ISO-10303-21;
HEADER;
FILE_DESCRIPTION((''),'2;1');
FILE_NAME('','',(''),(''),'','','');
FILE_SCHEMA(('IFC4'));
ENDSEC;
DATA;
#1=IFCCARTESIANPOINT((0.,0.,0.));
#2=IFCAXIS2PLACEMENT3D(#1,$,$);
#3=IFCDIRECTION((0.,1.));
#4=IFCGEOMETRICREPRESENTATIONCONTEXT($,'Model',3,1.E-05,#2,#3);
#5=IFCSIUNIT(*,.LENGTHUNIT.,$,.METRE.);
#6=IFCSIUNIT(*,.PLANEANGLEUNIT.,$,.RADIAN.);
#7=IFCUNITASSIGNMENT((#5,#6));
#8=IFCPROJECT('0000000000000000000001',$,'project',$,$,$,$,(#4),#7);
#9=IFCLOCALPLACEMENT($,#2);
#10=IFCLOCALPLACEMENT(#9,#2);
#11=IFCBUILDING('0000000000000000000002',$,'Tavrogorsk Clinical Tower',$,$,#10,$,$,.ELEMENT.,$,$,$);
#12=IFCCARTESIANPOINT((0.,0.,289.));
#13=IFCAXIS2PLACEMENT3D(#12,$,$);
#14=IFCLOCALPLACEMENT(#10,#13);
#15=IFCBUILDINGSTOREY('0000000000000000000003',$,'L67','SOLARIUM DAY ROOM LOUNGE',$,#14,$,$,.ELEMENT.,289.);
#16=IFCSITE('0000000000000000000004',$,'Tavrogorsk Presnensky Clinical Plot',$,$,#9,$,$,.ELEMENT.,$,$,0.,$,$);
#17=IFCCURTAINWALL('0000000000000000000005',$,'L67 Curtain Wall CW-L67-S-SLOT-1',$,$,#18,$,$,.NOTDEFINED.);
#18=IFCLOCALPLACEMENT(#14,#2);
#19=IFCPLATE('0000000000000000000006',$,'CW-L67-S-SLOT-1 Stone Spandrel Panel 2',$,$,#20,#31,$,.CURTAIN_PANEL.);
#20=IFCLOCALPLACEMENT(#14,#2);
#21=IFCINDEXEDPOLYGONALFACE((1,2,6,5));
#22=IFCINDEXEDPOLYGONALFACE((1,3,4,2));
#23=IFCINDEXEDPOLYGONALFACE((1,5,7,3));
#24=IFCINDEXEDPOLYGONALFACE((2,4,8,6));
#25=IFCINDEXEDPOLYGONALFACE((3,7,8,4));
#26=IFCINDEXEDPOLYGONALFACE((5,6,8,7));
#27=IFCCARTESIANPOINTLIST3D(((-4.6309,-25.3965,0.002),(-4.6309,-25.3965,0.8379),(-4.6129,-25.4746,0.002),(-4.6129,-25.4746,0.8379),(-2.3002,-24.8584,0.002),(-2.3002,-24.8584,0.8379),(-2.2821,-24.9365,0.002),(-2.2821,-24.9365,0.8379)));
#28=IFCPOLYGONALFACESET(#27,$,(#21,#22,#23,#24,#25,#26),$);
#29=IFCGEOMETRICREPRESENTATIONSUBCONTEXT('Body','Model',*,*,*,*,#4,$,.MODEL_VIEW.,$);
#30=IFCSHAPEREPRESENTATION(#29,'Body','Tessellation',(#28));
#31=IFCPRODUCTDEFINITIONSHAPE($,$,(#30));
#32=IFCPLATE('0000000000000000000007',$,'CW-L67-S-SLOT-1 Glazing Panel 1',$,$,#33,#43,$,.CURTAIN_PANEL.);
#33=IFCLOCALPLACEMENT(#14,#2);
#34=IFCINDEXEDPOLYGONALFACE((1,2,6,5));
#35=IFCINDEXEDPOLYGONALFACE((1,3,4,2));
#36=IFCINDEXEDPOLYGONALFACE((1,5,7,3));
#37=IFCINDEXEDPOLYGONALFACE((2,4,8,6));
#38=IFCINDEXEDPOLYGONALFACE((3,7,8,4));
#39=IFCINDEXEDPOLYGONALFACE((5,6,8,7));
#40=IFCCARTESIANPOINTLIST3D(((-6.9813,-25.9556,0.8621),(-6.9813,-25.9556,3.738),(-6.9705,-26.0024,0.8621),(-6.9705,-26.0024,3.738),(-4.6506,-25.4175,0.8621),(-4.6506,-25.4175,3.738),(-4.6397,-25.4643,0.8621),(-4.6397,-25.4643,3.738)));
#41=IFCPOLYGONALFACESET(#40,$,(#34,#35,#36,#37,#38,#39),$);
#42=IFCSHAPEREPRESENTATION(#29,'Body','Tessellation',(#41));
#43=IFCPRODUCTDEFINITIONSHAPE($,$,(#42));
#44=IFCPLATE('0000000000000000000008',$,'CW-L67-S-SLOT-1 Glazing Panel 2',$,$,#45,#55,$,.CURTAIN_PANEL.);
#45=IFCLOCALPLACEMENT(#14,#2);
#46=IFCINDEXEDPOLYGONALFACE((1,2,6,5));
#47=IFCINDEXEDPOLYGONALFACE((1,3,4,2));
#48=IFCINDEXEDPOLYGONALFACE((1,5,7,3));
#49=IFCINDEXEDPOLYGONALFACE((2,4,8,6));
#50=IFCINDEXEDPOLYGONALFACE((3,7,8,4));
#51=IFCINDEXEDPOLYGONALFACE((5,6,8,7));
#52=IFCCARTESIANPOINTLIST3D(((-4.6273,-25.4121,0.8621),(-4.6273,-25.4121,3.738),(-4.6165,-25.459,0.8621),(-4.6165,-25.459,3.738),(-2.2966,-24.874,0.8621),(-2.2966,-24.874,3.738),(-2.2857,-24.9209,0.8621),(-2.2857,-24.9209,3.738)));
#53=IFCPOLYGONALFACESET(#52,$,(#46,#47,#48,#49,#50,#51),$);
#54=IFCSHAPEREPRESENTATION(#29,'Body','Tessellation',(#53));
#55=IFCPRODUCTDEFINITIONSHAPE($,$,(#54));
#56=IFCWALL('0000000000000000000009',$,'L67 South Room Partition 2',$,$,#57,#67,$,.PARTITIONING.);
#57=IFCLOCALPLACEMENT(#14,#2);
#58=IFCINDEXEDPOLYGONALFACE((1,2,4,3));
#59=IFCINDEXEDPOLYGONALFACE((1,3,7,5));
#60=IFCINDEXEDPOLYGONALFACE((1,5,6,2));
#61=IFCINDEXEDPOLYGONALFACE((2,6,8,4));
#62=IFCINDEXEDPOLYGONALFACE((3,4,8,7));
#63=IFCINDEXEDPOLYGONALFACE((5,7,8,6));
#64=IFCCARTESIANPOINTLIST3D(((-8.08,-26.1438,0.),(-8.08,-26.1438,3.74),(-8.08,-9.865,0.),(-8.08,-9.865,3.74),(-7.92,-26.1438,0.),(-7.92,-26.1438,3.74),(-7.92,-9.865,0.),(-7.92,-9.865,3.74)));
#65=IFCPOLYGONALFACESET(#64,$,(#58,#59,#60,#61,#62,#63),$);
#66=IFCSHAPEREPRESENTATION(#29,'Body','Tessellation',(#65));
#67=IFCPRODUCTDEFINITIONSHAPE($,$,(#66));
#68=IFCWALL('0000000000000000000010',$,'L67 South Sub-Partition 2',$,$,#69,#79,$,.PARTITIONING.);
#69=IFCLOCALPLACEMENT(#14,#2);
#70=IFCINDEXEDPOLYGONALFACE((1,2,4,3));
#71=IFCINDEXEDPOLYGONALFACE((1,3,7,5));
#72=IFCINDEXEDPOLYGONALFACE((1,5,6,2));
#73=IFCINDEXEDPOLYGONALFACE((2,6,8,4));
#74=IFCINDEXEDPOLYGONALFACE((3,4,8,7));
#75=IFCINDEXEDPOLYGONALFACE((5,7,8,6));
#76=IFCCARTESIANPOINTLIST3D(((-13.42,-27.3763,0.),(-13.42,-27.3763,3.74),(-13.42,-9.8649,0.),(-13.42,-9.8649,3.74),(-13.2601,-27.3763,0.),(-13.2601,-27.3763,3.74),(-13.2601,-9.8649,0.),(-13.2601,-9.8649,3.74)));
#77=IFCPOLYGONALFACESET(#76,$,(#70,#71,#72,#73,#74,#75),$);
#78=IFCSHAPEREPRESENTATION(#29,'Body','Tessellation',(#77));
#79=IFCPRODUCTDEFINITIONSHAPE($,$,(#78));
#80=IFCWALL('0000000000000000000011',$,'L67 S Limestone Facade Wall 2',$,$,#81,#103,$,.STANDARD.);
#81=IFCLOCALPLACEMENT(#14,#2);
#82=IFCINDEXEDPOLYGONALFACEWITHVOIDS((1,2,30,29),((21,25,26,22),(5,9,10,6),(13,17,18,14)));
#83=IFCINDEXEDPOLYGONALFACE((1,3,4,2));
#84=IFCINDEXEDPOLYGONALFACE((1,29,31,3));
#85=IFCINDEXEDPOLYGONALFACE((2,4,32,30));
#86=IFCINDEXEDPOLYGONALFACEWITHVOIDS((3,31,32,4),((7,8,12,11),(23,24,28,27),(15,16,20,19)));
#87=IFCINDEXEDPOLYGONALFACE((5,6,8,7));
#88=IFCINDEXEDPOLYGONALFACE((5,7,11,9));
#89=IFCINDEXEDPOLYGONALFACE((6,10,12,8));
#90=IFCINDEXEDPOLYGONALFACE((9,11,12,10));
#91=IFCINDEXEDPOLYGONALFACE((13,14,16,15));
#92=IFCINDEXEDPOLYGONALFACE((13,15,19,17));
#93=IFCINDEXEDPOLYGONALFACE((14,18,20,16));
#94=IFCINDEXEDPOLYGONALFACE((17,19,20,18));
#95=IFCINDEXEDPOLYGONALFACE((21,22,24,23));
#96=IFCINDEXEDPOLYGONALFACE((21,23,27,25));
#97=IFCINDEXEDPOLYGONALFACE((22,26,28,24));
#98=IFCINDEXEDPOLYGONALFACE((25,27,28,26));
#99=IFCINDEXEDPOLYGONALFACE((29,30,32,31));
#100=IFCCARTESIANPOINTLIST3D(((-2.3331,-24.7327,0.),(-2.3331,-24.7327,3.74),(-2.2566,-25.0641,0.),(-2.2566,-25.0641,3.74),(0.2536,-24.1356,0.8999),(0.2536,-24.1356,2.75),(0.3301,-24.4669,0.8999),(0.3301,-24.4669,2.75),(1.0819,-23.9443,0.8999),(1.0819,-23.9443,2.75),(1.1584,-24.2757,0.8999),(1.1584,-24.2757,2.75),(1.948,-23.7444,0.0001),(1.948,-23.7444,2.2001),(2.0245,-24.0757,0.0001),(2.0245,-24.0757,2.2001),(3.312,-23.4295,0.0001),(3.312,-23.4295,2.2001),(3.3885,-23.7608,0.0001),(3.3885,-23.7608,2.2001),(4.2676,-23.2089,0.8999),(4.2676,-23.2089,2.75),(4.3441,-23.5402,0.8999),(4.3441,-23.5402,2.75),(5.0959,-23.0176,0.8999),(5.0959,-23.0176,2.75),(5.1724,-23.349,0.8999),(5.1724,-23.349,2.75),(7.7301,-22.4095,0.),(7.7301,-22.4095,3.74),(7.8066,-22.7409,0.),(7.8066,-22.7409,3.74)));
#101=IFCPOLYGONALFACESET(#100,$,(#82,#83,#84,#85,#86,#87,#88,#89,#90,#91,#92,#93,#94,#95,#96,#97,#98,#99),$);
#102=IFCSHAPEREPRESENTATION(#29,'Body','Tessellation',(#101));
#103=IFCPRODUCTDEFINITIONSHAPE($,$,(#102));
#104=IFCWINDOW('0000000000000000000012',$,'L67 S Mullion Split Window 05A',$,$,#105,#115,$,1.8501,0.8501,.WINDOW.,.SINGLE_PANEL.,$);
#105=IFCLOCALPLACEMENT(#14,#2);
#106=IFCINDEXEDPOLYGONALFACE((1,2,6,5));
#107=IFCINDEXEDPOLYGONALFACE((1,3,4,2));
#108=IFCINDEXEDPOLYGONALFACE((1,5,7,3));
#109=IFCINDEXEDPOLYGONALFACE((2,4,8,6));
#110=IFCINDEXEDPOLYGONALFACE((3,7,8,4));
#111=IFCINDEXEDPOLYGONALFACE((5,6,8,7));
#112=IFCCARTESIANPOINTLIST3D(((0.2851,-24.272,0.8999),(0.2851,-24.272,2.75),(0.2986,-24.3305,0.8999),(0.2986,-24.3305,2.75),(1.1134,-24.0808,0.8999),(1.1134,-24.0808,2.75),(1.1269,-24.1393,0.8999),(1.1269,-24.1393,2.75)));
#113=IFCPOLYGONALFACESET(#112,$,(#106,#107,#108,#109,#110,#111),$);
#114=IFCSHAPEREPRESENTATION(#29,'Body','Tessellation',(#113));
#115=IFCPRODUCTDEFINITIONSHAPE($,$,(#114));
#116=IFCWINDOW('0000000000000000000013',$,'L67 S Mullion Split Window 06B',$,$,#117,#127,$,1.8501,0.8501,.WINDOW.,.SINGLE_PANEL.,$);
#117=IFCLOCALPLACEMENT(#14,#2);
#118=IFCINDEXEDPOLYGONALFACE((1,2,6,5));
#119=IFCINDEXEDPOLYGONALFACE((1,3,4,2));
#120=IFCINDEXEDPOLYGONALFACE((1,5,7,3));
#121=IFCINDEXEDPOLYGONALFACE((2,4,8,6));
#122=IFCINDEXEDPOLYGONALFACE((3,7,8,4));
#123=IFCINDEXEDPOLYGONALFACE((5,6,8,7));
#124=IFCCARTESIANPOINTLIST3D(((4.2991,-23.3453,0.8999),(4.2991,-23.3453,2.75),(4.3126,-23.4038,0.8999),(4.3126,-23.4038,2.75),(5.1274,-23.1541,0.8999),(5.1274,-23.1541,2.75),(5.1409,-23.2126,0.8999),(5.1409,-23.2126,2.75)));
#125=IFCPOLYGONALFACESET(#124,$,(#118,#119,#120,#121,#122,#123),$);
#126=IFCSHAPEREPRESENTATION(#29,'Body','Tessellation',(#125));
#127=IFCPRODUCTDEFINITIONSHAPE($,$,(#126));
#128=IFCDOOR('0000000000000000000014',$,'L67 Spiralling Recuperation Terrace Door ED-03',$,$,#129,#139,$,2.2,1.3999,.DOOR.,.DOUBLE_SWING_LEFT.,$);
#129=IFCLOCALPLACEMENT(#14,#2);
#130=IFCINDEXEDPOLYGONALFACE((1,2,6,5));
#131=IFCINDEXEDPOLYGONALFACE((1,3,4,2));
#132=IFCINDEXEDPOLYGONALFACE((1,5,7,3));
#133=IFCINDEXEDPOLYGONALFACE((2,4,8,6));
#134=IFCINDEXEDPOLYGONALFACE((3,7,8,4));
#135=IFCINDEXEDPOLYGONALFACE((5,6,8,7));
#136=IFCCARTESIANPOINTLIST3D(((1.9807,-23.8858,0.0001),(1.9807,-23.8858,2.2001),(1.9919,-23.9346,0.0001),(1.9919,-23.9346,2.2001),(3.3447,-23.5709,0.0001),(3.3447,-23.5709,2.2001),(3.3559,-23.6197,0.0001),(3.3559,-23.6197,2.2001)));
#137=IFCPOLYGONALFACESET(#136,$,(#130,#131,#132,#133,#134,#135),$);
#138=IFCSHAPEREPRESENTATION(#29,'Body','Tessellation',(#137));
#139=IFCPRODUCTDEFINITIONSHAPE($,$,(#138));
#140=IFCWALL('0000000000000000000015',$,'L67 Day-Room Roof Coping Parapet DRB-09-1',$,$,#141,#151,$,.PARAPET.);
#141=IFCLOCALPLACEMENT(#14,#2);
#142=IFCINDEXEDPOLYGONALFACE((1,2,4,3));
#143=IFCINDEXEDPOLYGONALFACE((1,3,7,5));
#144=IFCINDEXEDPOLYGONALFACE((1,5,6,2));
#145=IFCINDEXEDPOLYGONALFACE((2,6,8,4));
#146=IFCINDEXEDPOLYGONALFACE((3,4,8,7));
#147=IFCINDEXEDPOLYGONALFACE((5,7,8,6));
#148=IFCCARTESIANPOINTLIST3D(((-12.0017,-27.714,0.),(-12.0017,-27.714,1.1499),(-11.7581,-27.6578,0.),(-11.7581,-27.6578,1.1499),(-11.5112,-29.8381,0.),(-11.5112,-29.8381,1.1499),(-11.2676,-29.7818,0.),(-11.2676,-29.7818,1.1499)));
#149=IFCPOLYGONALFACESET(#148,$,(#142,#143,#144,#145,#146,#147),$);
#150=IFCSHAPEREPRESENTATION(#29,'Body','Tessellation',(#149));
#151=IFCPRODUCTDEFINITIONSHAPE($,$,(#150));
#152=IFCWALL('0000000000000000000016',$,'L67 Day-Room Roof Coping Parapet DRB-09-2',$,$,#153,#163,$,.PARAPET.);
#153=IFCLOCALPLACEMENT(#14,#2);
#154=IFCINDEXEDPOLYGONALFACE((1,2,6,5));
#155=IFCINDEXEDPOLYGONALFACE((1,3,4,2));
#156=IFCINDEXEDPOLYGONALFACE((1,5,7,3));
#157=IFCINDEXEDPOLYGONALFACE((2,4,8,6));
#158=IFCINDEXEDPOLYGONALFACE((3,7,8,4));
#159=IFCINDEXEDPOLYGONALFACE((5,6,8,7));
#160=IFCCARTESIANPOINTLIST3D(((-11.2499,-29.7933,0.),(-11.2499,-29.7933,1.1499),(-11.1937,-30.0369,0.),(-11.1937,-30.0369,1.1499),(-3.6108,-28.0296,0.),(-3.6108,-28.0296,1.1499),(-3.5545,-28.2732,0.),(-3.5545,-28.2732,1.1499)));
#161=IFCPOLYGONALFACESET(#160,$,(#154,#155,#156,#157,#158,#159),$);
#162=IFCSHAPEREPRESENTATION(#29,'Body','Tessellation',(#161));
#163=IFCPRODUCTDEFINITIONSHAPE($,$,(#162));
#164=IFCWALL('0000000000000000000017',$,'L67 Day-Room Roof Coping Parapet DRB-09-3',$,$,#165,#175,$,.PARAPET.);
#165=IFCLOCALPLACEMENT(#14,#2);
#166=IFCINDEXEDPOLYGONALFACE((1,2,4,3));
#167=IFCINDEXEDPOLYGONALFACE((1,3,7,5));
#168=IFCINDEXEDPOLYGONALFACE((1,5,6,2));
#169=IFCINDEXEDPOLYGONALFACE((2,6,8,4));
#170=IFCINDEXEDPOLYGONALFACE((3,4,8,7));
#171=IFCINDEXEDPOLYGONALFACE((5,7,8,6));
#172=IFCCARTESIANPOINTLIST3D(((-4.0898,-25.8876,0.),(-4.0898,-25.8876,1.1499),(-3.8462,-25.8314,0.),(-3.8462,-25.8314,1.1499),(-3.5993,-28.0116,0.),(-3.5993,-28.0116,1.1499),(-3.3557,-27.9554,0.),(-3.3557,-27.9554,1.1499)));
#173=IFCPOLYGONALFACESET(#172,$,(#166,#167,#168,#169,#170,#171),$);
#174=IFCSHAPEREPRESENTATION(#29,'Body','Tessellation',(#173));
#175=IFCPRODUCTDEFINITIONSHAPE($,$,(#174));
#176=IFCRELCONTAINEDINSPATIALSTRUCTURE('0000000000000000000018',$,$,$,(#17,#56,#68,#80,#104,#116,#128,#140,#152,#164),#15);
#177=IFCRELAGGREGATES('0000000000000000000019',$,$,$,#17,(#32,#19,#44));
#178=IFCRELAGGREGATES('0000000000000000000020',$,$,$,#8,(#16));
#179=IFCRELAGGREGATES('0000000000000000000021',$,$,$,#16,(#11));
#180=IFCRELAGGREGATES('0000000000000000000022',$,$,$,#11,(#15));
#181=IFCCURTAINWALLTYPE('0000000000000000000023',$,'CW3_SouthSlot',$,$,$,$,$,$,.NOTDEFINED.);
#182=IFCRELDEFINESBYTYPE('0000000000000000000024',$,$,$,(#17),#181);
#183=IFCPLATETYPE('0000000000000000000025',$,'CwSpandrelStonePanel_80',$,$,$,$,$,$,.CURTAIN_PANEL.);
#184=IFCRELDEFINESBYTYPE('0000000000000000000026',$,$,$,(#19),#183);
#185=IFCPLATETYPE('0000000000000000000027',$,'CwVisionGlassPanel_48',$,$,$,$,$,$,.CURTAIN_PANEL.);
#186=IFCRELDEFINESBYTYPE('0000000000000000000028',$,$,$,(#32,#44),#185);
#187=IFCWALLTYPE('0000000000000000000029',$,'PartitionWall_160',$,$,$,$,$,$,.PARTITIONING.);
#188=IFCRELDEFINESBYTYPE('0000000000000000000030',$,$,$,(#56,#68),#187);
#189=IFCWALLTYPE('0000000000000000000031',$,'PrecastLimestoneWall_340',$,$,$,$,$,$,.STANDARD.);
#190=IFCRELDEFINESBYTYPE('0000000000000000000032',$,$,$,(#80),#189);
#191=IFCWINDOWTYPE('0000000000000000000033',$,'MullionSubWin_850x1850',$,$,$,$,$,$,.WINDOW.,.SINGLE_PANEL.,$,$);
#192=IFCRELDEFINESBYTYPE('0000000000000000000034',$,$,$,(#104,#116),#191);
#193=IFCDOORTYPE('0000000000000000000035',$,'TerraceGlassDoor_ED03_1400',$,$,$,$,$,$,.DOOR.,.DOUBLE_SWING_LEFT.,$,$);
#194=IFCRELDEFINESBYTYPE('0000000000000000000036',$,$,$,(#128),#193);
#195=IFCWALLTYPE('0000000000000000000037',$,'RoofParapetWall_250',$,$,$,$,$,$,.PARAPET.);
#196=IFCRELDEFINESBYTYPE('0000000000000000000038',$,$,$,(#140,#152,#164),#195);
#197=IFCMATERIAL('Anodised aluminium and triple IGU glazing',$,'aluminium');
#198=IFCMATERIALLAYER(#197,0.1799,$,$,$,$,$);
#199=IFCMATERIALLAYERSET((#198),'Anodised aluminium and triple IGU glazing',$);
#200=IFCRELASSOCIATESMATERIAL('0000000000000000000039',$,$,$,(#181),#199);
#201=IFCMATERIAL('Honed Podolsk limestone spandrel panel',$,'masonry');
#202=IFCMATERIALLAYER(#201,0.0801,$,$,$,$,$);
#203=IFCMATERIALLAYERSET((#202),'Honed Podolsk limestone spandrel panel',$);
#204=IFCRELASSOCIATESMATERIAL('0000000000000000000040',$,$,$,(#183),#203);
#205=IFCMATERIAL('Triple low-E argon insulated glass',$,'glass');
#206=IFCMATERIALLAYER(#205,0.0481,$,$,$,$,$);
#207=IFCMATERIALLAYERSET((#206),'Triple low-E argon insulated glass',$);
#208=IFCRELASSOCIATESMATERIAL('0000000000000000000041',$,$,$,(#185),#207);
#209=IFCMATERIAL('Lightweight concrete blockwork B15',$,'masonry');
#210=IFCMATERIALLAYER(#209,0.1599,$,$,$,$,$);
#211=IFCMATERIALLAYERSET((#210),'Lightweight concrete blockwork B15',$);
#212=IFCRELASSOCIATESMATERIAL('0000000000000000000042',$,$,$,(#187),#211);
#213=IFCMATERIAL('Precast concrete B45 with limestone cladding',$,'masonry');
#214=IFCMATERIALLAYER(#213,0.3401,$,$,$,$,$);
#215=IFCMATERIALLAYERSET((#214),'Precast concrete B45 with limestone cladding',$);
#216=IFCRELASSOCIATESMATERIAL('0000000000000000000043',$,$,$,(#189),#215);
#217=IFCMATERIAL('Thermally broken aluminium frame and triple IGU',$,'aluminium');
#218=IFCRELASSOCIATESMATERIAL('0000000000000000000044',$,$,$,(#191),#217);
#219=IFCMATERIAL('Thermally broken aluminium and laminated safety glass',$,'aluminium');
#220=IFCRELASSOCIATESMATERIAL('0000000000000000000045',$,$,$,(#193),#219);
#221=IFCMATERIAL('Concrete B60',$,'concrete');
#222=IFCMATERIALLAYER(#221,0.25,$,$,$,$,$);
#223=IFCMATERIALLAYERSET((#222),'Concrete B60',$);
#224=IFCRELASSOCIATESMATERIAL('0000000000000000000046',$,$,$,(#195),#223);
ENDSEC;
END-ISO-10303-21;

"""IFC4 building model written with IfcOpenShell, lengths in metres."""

from ifc_helpers import new_model, si_unit, direction, frame, frame_2d, origin, origin_2d, place, context, subcontext, project, spatial, rectangle, extrude, material, layer, layer_set, type_object, element, fill, aggregate, save


model = new_model("IFC4")

# Units and contexts
model_context = context("Model", 3, precision=1e-05, world=origin(), true_north=direction((0.0, 1.0)))
body_context = subcontext(model_context, "Body", "Model", "MODEL_VIEW")
ifc_project = project(units=[si_unit("LENGTHUNIT", "METRE"), si_unit("PLANEANGLEUNIT", "RADIAN")], contexts=[model_context])

# Site, building, storey
site_placement = place(None, origin())
site = spatial("IfcSite", under=ifc_project, at=site_placement, Name="Tavrogorsk Presnensky Clinical Plot", CompositionType="ELEMENT", RefElevation=0.0)
building_placement = place(site_placement, origin())
building = spatial("IfcBuilding", under=site, at=building_placement, Name="Tavrogorsk Clinical Tower", CompositionType="ELEMENT")
storey_placement = place(building_placement, frame((0.0, 0.0, 289.0)))
storey = spatial("IfcBuildingStorey", under=building, at=storey_placement, Name="L67", Description="SOLARIUM DAY ROOM LOUNGE", CompositionType="ELEMENT", Elevation=289.0)

# Curtain wall
ifc_material_1 = material(Name="Anodised aluminium and triple IGU glazing", Category="aluminium")
ifc_layer_1 = layer(ifc_material_1, 0.1799)
ifc_layer_set_1 = layer_set([ifc_layer_1], Name="Anodised aluminium and triple IGU glazing")
curtain_wall_type = type_object("IfcCurtainWallType", Name="CW3_SouthSlot", PredefinedType="NOTDEFINED", material=ifc_layer_set_1)
curtain_wall_placement = place(storey_placement, origin())
curtain_wall = element("IfcCurtainWall", 1, at=curtain_wall_placement, inside=storey, type_object=curtain_wall_type, Name="L67 Curtain Wall CW-L67-S-SLOT-1", PredefinedType="NOTDEFINED")

# Plates
ifc_material_2 = material(Name="Honed Podolsk limestone spandrel panel", Category="masonry")
ifc_layer_2 = layer(ifc_material_2, 0.0801)
ifc_layer_set_2 = layer_set([ifc_layer_2], Name="Honed Podolsk limestone spandrel panel")
plate_type_1 = type_object("IfcPlateType", Name="CwSpandrelStonePanel_80", PredefinedType="CURTAIN_PANEL", material=ifc_layer_set_2)
plate_1_placement = place(storey_placement, frame((-3.4565, -25.1665, 0.002), z_axis=(0.0, 0.0, 1.0), x_axis=(0.97437, 0.224951, 0.0)))
plate_1 = element("IfcPlate", 2, at=plate_1_placement, type_object=plate_type_1, Name="CW-L67-S-SLOT-1 Stone Spandrel Panel 2", PredefinedType="CURTAIN_PANEL", context=body_context, shape_type="SweptSolid", body=[
    extrude(rectangle(XDim=2.3921, YDim=0.0801, at=origin_2d()), origin(), (0.0, 0.0, 1.0), 0.8359),
])
ifc_material_3 = material(Name="Triple low-E argon insulated glass", Category="glass")
ifc_layer_3 = layer(ifc_material_3, 0.0481)
ifc_layer_set_3 = layer_set([ifc_layer_3], Name="Triple low-E argon insulated glass")
plate_type_2 = type_object("IfcPlateType", Name="CwVisionGlassPanel_48", PredefinedType="CURTAIN_PANEL", material=ifc_layer_set_3)
plate_2_placement = place(storey_placement, frame((-5.8105, -25.71, 0.8621), z_axis=(0.0, 0.0, 1.0), x_axis=(0.97437, 0.224951, 0.0)))
plate_2 = element("IfcPlate", 3, at=plate_2_placement, type_object=plate_type_2, Name="CW-L67-S-SLOT-1 Glazing Panel 1", PredefinedType="CURTAIN_PANEL", context=body_context, shape_type="SweptSolid", body=[
    extrude(rectangle(XDim=2.3921, YDim=0.0481, at=origin_2d()), origin(), (0.0, 0.0, 1.0), 2.876),
])
plate_3_placement = place(storey_placement, frame((-3.4565, -25.1665, 0.8621), z_axis=(0.0, 0.0, 1.0), x_axis=(0.97437, 0.224951, 0.0)))
plate_3 = element("IfcPlate", 4, at=plate_3_placement, type_object=plate_type_2, Name="CW-L67-S-SLOT-1 Glazing Panel 2", PredefinedType="CURTAIN_PANEL", context=body_context, shape_type="SweptSolid", body=[
    extrude(rectangle(XDim=2.3921, YDim=0.0481, at=origin_2d()), origin(), (0.0, 0.0, 1.0), 2.876),
])
aggregate(curtain_wall, [plate_2, plate_1, plate_3])

# Walls
ifc_material_4 = material(Name="Lightweight concrete blockwork B15", Category="masonry")
ifc_layer_4 = layer(ifc_material_4, 0.1599)
ifc_layer_set_4 = layer_set([ifc_layer_4], Name="Lightweight concrete blockwork B15")
wall_type_1 = type_object("IfcWallType", Name="PartitionWall_160", PredefinedType="PARTITIONING", material=ifc_layer_set_4)
wall_1_placement = place(storey_placement, frame((-8.0, -26.1438, 0.0), z_axis=(0.0, 0.0, 1.0), x_axis=(0.0, 1.0, 0.0)))
element("IfcWall", 5, at=wall_1_placement, inside=storey, type_object=wall_type_1, Name="L67 South Room Partition 2", PredefinedType="PARTITIONING", context=body_context, shape_type="SweptSolid", body=[
    extrude(rectangle(XDim=16.2788, YDim=0.1599, at=frame_2d((8.1394, 0.0))), origin(), (0.0, 0.0, 1.0), 3.74),
])
wall_2_placement = place(storey_placement, frame((-13.3401, -27.3765, 0.0), z_axis=(0.0, 0.0, 1.0), x_axis=(0.0, 1.0, 0.0)))
element("IfcWall", 6, at=wall_2_placement, inside=storey, type_object=wall_type_1, Name="L67 South Sub-Partition 2", PredefinedType="PARTITIONING", context=body_context, shape_type="SweptSolid", body=[
    extrude(rectangle(XDim=17.5115, YDim=0.1599, at=frame_2d((8.7559, 0.0))), origin(), (0.0, 0.0, 1.0), 3.74),
])

# Wall, openings, windows, door
ifc_material_5 = material(Name="Precast concrete B45 with limestone cladding", Category="masonry")
ifc_layer_5 = layer(ifc_material_5, 0.3401)
ifc_layer_set_5 = layer_set([ifc_layer_5], Name="Precast concrete B45 with limestone cladding")
wall_type_2 = type_object("IfcWallType", Name="PrecastLimestoneWall_340", PredefinedType="STANDARD", material=ifc_layer_set_5)
wall_3_placement = place(storey_placement, frame((-2.2949, -24.8984, 0.0), z_axis=(0.0, 0.0, 1.0), x_axis=(0.974371, 0.224948, 0.0)))
wall_3 = element("IfcWall", 7, at=wall_3_placement, inside=storey, type_object=wall_type_2, Name="L67 S Limestone Facade Wall 2", PredefinedType="STANDARD", context=body_context, shape_type="SweptSolid", body=[
    extrude(rectangle(XDim=10.3279, YDim=0.3401, at=frame_2d((5.1641, 0.0))), origin(), (0.0, 0.0, 1.0), 3.74),
])
opening_1_placement = place(wall_3_placement, frame((4.3938, 0.0, 0.0)))
opening_1 = element("IfcOpeningElement", 8, at=opening_1_placement, cuts=wall_3, PredefinedType="OPENING", context=body_context, shape_type="SweptSolid", body=[
    extrude(rectangle(XDim=1.3999, YDim=2.2, at=frame_2d((0.7, 1.1001))), frame((0.0, 0.1799, 0.0), z_axis=(0.0, -1.0, 0.0), x_axis=(1.0, 0.0, 0.0)), (0.0, 0.0, 1.0), 0.3601),
])
opening_2_placement = place(wall_3_placement, frame((2.6548, 0.0, 0.8999)))
opening_2 = element("IfcOpeningElement", 9, at=opening_2_placement, cuts=wall_3, PredefinedType="OPENING", context=body_context, shape_type="SweptSolid", body=[
    extrude(rectangle(XDim=0.8501, YDim=1.8501, at=frame_2d((0.425, 0.925))), frame((0.0, 0.1799, 0.0), z_axis=(0.0, -1.0, 0.0), x_axis=(1.0, 0.0, 0.0)), (0.0, 0.0, 1.0), 0.3601),
])
opening_3_placement = place(wall_3_placement, frame((6.7744, 0.0, 0.8999)))
opening_3 = element("IfcOpeningElement", 10, at=opening_3_placement, cuts=wall_3, PredefinedType="OPENING", context=body_context, shape_type="SweptSolid", body=[
    extrude(rectangle(XDim=0.8501, YDim=1.8501, at=frame_2d((0.425, 0.925))), frame((0.0, 0.1799, 0.0), z_axis=(0.0, -1.0, 0.0), x_axis=(1.0, 0.0, 0.0)), (0.0, 0.0, 1.0), 0.3601),
])
ifc_material_6 = material(Name="Thermally broken aluminium frame and triple IGU", Category="aluminium")
window_type = type_object("IfcWindowType", Name="MullionSubWin_850x1850", PartitioningType="SINGLE_PANEL", PredefinedType="WINDOW", material=ifc_material_6)
window_1_placement = place(opening_2_placement, origin())
window_1 = element("IfcWindow", 11, at=window_1_placement, inside=storey, type_object=window_type, Name="L67 S Mullion Split Window 05A", OverallHeight=1.8501, OverallWidth=0.8501, PartitioningType="SINGLE_PANEL", PredefinedType="WINDOW", context=body_context, shape_type="SweptSolid", body=[
    extrude(rectangle(XDim=0.8501, YDim=1.8501, at=frame_2d((0.425, 0.925))), frame((0.0, 0.03, 0.0), z_axis=(0.0, -1.0, 0.0), x_axis=(1.0, 0.0, 0.0)), (0.0, 0.0, 1.0), 0.0601),
])
fill(opening_2, window_1)
window_2_placement = place(opening_3_placement, origin())
window_2 = element("IfcWindow", 12, at=window_2_placement, inside=storey, type_object=window_type, Name="L67 S Mullion Split Window 06B", OverallHeight=1.8501, OverallWidth=0.8501, PartitioningType="SINGLE_PANEL", PredefinedType="WINDOW", context=body_context, shape_type="SweptSolid", body=[
    extrude(rectangle(XDim=0.8501, YDim=1.8501, at=frame_2d((0.425, 0.925))), frame((0.0, 0.03, 0.0), z_axis=(0.0, -1.0, 0.0), x_axis=(1.0, 0.0, 0.0)), (0.0, 0.0, 1.0), 0.0601),
])
fill(opening_3, window_2)
ifc_material_7 = material(Name="Thermally broken aluminium and laminated safety glass", Category="aluminium")
door_type = type_object("IfcDoorType", Name="TerraceGlassDoor_ED03_1400", OperationType="DOUBLE_SWING_LEFT", PredefinedType="DOOR", material=ifc_material_7)
door_placement = place(opening_1_placement, origin())
door = element("IfcDoor", 13, at=door_placement, inside=storey, type_object=door_type, Name="L67 Spiralling Recuperation Terrace Door ED-03", OperationType="DOUBLE_SWING_LEFT", OverallHeight=2.2, OverallWidth=1.3999, PredefinedType="DOOR", context=body_context, shape_type="SweptSolid", body=[
    extrude(rectangle(XDim=1.3999, YDim=2.2, at=frame_2d((0.7, 1.1001))), frame((0.0, 0.0249, 0.0), z_axis=(0.0, -1.0, 0.0), x_axis=(1.0, 0.0, 0.0)), (0.0, 0.0, 1.0), 0.05),
])
fill(opening_1, door)

# Walls
ifc_material_8 = material(Name="Concrete B60", Category="concrete")
ifc_layer_6 = layer(ifc_material_8, 0.25)
ifc_layer_set_6 = layer_set([ifc_layer_6], Name="Concrete B60")
wall_type_3 = type_object("IfcWallType", Name="RoofParapetWall_250", PredefinedType="PARAPET", material=ifc_layer_set_6)
wall_4_placement = place(storey_placement, frame((-11.8799, -27.686, 0.0), z_axis=(0.0, 0.0, 1.0), x_axis=(0.224999, -0.974359, 0.0)))
element("IfcWall", 14, at=wall_4_placement, inside=storey, type_object=wall_type_3, Name="L67 Day-Room Roof Coping Parapet DRB-09-1", PredefinedType="PARAPET", context=body_context, shape_type="SweptSolid", body=[
    extrude(rectangle(XDim=2.1799, YDim=0.25, at=frame_2d((1.0898, 0.0))), origin(), (0.0, 0.0, 1.0), 1.1499),
])
wall_5_placement = place(storey_placement, frame((-11.2217, -29.915, 0.0), z_axis=(0.0, 0.0, 1.0), x_axis=(0.974369, 0.224955, 0.0)))
element("IfcWall", 15, at=wall_5_placement, inside=storey, type_object=wall_type_3, Name="L67 Day-Room Roof Coping Parapet DRB-09-2", PredefinedType="PARAPET", context=body_context, shape_type="SweptSolid", body=[
    extrude(rectangle(XDim=7.8401, YDim=0.25, at=frame_2d((3.9199, 0.0))), origin(), (0.0, 0.0, 1.0), 1.1499),
])
wall_6_placement = place(storey_placement, frame((-3.4775, -27.9834, 0.0), z_axis=(0.0, 0.0, 1.0), x_axis=(-0.224999, 0.974359, 0.0)))
element("IfcWall", 16, at=wall_6_placement, inside=storey, type_object=wall_type_3, Name="L67 Day-Room Roof Coping Parapet DRB-09-3", PredefinedType="PARAPET", context=body_context, shape_type="SweptSolid", body=[
    extrude(rectangle(XDim=2.1799, YDim=0.25, at=frame_2d((1.0898, 0.0))), origin(), (0.0, 0.0, 1.0), 1.1499),
])

save(model, "model.ifc")
